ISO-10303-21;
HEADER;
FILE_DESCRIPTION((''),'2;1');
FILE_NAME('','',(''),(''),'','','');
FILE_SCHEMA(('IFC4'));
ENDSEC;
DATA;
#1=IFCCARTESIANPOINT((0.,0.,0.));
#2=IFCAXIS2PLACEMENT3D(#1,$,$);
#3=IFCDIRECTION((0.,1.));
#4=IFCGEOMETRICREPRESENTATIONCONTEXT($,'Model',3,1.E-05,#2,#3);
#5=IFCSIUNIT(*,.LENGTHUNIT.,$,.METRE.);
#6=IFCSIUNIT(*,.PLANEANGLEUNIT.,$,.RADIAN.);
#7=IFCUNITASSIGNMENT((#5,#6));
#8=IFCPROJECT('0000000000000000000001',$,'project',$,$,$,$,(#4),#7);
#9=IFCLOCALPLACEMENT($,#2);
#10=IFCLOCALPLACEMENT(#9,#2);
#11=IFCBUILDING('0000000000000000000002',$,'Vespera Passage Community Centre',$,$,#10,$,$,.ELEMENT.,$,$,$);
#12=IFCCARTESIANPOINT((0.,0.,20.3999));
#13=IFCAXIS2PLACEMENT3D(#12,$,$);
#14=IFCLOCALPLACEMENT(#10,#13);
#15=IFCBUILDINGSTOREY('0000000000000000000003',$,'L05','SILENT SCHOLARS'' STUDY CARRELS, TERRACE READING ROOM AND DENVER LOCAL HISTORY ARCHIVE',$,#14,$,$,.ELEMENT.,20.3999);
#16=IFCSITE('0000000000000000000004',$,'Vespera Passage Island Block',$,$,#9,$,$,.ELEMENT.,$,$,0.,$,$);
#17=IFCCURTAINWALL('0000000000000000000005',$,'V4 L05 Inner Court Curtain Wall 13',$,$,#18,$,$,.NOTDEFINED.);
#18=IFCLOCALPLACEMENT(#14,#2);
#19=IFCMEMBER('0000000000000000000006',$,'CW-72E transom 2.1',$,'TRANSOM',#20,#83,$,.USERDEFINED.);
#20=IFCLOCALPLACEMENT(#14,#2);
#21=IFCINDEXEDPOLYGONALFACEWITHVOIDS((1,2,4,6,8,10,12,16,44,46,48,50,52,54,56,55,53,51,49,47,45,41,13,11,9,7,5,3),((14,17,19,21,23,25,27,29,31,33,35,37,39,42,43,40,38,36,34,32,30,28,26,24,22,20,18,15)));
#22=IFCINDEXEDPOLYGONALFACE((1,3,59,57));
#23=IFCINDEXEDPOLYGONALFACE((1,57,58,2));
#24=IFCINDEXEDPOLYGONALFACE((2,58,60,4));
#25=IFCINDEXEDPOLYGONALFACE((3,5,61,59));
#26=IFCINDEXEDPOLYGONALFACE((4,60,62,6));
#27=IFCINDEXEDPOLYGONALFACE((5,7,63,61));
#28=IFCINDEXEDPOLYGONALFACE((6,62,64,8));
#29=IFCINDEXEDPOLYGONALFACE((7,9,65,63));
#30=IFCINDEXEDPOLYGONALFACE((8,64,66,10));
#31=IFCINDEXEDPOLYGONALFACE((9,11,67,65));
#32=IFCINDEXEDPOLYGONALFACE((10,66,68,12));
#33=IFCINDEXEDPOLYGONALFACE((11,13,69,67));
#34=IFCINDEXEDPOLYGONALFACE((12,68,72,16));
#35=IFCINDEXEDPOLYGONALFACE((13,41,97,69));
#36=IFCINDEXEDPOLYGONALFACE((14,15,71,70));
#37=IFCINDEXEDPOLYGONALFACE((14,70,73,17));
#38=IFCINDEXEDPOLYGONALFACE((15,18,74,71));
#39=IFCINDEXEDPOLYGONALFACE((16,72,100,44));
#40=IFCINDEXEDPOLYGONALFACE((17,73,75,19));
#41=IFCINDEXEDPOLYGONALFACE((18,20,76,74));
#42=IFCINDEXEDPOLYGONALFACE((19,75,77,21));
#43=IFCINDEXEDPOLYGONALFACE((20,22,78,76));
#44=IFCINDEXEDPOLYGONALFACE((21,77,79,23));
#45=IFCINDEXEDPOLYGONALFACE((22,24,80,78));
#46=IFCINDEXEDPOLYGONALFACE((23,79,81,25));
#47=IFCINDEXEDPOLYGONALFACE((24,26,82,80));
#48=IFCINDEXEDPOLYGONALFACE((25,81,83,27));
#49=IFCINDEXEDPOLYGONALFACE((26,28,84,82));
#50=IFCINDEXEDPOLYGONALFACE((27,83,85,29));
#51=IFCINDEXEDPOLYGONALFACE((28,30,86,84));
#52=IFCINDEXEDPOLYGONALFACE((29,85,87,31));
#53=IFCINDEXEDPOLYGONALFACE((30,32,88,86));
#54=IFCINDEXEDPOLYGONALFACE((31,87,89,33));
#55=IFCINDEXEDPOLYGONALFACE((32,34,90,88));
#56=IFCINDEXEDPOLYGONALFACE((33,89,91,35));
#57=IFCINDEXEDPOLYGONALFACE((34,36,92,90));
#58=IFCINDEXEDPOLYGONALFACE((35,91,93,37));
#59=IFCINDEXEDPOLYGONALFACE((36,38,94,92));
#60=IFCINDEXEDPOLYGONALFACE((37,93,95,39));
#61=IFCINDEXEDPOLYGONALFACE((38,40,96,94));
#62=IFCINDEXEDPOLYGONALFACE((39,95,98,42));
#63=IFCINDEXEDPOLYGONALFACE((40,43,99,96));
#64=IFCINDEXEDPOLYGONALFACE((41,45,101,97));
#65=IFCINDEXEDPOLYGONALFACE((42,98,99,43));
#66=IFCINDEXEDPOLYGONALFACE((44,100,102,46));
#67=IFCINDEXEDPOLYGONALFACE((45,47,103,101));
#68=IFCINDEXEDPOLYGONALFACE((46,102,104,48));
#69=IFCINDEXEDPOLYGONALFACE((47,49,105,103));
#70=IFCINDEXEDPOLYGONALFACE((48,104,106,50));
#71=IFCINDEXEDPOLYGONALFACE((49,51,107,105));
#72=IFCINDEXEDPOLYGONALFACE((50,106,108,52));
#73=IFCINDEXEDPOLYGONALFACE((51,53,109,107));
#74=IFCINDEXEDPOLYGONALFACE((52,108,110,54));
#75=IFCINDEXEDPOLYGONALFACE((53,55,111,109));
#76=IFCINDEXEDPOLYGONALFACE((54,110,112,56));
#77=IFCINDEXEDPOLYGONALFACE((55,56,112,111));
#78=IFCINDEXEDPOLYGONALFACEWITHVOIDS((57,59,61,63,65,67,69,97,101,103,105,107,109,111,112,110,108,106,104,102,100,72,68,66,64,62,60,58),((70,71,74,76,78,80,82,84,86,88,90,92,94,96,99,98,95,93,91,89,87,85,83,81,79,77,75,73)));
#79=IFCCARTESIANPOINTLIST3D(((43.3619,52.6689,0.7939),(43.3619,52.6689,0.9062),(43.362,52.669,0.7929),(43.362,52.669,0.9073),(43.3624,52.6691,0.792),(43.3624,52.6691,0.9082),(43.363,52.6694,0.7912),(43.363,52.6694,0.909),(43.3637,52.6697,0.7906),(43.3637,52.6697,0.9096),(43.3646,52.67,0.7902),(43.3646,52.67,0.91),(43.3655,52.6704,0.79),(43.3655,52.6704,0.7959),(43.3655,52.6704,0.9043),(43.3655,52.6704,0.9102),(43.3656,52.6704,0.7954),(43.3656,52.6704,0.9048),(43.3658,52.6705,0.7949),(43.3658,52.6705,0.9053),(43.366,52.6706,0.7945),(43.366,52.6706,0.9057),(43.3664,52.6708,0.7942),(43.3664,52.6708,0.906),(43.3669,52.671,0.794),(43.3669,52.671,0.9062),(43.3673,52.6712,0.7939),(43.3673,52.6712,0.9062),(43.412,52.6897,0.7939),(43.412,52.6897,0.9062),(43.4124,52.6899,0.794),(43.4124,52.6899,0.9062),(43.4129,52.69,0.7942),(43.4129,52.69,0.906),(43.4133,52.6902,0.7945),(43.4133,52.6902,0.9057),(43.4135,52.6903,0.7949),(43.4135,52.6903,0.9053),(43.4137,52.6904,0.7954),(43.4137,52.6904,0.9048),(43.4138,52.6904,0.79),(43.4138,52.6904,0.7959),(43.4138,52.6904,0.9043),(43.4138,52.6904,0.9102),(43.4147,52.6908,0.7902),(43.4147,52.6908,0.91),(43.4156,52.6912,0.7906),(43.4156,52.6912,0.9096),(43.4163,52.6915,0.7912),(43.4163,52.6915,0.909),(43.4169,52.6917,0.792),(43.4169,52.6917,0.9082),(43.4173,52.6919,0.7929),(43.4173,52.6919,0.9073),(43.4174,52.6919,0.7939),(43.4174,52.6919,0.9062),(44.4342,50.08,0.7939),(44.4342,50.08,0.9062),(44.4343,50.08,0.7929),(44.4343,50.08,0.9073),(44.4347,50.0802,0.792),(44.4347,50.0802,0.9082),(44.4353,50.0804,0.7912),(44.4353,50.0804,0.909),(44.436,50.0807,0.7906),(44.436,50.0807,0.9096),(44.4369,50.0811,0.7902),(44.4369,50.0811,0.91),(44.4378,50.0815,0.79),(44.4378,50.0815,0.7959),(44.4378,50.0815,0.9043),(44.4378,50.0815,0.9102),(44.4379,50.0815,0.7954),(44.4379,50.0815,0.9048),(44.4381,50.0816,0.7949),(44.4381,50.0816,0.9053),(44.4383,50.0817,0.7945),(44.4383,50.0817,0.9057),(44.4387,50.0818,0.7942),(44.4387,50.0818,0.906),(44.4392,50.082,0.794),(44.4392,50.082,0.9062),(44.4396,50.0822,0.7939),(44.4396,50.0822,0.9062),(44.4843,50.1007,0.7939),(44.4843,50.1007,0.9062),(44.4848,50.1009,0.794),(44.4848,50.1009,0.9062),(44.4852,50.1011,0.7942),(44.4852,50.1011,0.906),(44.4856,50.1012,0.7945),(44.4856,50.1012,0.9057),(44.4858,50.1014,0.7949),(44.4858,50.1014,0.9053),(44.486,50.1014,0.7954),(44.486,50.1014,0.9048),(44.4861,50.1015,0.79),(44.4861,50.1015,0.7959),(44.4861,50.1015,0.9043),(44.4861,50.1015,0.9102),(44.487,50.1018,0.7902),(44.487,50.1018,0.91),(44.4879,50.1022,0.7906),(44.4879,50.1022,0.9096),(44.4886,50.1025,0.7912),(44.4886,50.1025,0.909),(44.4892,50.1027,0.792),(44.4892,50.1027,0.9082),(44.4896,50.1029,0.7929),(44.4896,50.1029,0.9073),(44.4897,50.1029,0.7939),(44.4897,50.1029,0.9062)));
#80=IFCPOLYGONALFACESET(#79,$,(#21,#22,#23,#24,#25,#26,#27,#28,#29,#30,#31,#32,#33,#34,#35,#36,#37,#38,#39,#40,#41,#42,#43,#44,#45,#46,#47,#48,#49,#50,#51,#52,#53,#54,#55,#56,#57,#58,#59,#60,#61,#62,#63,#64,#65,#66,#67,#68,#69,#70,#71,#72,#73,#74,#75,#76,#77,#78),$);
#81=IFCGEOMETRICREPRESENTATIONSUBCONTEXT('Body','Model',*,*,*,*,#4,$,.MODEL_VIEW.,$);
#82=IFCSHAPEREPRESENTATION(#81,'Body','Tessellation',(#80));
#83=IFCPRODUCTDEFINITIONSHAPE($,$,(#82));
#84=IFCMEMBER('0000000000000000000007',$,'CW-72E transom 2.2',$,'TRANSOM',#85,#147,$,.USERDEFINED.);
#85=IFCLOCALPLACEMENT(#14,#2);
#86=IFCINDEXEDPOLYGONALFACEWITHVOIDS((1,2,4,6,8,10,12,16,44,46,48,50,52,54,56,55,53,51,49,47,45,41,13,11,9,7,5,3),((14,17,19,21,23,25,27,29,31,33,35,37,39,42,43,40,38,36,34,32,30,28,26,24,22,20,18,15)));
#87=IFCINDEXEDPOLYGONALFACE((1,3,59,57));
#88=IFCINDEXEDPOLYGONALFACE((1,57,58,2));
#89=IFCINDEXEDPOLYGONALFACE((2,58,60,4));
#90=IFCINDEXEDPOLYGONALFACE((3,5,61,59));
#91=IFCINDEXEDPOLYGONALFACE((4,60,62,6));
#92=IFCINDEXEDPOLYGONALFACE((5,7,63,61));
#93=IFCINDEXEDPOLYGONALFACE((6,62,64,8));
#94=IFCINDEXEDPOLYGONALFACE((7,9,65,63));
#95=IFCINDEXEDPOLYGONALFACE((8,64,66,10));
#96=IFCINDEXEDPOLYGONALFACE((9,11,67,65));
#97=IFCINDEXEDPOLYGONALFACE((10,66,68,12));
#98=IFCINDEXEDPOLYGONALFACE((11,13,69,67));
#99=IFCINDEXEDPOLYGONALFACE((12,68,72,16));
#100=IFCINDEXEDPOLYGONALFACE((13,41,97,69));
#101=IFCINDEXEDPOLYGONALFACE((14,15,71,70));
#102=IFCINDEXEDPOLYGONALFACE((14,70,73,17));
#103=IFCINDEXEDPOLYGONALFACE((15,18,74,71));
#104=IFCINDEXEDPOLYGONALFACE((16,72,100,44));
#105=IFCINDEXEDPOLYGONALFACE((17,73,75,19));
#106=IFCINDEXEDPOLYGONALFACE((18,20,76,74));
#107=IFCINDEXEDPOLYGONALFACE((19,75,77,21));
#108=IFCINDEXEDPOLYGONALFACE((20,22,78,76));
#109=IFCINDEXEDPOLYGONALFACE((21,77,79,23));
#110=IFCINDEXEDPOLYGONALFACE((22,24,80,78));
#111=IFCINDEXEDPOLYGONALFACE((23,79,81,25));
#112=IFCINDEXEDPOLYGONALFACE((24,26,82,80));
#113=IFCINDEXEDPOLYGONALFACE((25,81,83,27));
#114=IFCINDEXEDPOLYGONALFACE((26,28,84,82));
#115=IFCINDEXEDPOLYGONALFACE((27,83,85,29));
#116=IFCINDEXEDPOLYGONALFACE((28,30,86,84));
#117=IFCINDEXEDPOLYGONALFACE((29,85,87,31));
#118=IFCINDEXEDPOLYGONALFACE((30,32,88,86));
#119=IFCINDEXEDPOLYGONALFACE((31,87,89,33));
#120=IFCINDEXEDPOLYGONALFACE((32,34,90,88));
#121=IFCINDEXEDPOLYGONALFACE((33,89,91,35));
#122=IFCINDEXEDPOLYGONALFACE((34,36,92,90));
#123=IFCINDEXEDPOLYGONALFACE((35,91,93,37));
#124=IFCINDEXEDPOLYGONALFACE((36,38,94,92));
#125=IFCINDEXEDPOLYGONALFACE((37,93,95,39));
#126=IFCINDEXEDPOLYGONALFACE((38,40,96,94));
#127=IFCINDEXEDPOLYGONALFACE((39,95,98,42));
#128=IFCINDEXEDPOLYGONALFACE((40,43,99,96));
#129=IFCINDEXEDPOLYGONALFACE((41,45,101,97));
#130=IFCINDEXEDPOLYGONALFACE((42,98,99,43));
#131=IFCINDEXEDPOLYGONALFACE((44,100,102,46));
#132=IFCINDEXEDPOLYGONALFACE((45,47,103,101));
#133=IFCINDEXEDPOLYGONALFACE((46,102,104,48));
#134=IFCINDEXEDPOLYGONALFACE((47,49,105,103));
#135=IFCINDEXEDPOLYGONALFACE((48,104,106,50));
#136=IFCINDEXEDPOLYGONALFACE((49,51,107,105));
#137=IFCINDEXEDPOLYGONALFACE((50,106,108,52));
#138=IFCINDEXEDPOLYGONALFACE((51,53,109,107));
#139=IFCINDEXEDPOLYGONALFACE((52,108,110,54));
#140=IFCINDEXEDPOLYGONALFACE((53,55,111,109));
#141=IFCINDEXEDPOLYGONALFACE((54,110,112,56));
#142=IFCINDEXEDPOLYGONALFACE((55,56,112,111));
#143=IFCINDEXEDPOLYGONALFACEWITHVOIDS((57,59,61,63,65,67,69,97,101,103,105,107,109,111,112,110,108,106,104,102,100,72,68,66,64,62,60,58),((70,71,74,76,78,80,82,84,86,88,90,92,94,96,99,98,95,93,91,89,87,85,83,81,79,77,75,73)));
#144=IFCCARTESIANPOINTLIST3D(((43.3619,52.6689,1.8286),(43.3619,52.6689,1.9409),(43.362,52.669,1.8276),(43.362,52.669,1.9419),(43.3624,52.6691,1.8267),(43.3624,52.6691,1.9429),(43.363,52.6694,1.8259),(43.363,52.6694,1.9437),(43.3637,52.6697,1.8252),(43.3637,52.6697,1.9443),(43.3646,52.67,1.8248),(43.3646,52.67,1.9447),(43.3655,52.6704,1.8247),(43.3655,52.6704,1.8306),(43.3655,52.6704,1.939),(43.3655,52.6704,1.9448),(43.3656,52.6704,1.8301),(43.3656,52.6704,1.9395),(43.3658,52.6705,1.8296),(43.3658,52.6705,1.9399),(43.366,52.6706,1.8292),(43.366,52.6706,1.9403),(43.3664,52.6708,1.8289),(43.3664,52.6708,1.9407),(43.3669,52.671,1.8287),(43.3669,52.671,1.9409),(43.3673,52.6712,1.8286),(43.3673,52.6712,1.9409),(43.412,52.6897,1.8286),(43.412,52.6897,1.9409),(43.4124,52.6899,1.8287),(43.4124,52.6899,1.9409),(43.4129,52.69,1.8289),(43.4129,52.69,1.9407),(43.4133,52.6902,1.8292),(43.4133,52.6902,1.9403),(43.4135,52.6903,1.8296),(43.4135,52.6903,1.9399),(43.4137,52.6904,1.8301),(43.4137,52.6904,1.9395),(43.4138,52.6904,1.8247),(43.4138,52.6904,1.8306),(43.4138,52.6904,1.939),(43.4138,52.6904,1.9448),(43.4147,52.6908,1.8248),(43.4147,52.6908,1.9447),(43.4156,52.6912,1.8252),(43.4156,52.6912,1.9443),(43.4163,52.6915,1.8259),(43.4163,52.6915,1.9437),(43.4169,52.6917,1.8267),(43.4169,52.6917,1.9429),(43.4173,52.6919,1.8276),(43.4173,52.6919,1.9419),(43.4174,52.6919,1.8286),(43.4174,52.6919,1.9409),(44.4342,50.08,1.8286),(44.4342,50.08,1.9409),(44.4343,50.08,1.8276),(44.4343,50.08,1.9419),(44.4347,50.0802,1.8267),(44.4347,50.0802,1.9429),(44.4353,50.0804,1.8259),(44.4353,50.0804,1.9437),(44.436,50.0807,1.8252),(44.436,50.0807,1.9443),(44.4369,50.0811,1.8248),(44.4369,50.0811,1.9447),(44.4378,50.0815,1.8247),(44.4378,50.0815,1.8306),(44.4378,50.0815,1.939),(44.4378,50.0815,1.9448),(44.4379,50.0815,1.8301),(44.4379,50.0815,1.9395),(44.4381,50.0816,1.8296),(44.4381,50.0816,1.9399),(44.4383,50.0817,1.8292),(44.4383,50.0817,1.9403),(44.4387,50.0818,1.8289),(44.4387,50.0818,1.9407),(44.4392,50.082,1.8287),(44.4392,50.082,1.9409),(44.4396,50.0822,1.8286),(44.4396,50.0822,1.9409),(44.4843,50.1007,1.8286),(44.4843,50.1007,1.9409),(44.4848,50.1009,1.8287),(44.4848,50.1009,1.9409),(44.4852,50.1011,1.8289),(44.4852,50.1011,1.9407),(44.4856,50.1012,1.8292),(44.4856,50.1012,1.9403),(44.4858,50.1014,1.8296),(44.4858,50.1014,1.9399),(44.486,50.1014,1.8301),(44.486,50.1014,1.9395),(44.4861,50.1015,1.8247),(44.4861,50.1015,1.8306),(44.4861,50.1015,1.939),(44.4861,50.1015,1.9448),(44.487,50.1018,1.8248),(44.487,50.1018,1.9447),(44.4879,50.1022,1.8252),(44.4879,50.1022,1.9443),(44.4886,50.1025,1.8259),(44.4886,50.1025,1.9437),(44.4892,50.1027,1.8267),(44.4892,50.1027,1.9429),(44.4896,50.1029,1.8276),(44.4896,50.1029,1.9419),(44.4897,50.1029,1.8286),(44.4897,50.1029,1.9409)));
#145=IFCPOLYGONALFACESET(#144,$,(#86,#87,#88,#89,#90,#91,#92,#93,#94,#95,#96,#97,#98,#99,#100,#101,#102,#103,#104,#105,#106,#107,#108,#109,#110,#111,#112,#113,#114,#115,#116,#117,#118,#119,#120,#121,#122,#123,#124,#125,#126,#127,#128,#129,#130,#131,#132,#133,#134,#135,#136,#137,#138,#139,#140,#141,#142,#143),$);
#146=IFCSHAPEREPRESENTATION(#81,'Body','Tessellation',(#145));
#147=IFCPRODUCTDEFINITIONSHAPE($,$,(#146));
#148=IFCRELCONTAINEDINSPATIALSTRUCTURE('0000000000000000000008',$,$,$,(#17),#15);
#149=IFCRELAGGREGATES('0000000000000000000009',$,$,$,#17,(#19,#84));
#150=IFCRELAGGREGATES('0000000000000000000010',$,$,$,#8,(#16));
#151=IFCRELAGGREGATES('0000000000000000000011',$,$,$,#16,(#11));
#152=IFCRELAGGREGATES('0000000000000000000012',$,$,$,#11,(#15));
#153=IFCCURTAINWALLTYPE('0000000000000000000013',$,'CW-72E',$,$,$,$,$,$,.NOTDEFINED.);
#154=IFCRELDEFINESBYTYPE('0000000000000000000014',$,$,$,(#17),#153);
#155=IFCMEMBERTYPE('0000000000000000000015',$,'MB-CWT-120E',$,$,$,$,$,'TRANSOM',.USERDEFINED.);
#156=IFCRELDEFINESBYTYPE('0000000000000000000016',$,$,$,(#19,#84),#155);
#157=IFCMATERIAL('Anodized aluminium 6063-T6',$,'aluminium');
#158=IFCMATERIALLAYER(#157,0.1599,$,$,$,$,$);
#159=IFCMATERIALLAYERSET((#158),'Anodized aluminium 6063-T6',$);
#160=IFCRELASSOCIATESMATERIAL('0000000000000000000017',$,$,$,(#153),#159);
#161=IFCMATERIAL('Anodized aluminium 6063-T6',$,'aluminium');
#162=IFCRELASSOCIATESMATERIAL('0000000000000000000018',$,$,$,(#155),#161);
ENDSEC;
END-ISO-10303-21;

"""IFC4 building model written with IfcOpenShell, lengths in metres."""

from ifc_helpers import new_model, si_unit, direction, frame, origin, origin_2d, place, context, subcontext, project, spatial, hollow_rectangle, extrude, material, layer, layer_set, material_profile, profile_set, type_object, element, aggregate, save


model = new_model("IFC4")

# Units and contexts
model_context = context("Model", 3, precision=1e-05, world=origin(), true_north=direction((0.0, 1.0)))
body_context = subcontext(model_context, "Body", "Model", "MODEL_VIEW")
ifc_project = project(units=[si_unit("LENGTHUNIT", "METRE"), si_unit("PLANEANGLEUNIT", "RADIAN")], contexts=[model_context])

# Site, building, storey
site_placement = place(None, origin())
site = spatial("IfcSite", under=ifc_project, at=site_placement, Name="Vespera Passage Island Block", CompositionType="ELEMENT", RefElevation=0.0)
building_placement = place(site_placement, origin())
building = spatial("IfcBuilding", under=site, at=building_placement, Name="Vespera Passage Community Centre", CompositionType="ELEMENT")
storey_placement = place(building_placement, frame((0.0, 0.0, 20.3999)))
storey = spatial("IfcBuildingStorey", under=building, at=storey_placement, Name="L05", Description="SILENT SCHOLARS' STUDY CARRELS, TERRACE READING ROOM AND DENVER LOCAL HISTORY ARCHIVE", CompositionType="ELEMENT", Elevation=20.3999)

# Curtain wall
ifc_material_1 = material(Name="Anodized aluminium 6063-T6", Category="aluminium")
ifc_layer_1 = layer(ifc_material_1, 0.1599)
ifc_layer_set_1 = layer_set([ifc_layer_1], Name="Anodized aluminium 6063-T6")
curtain_wall_type_1 = type_object("IfcCurtainWallType", Name="CW-72E", PredefinedType="NOTDEFINED", material=ifc_layer_set_1)
curtain_wall_1_placement = place(storey_placement, origin())
curtain_wall_1 = element("IfcCurtainWall", 1, at=curtain_wall_1_placement, inside=storey, type_object=curtain_wall_type_1, Name="V4 L05 Inner Court Curtain Wall 13", PredefinedType="NOTDEFINED")

# Members
ifc_material_2 = material(Name="Anodized aluminium 6063-T6", Category="aluminium")
ifc_material_profile_1 = material_profile(ifc_material_2, hollow_rectangle(XDim=0.0601, YDim=0.1201, WallThickness=0.0039, InnerFilletRadius=0.002, OuterFilletRadius=0.0039, at=origin_2d()), Name="ALU120X60X4")
ifc_profile_set_1 = profile_set([ifc_material_profile_1], Name="Anodized aluminium 6063-T6")
member_type_1 = type_object("IfcMemberType", Name="MB-CWT-120E", ElementType="TRANSOM", PredefinedType="USERDEFINED", material=ifc_profile_set_1)
member_1_placement = place(storey_placement, frame((43.3896, 52.6804, 0.8501), z_axis=(0.38266, -0.923889, 0.0), x_axis=(0.923889, 0.38266, 0.0)))
member_1 = element("IfcMember", 2, at=member_1_placement, type_object=member_type_1, Name="CW-72E transom 2.1", ObjectType="TRANSOM", PredefinedType="USERDEFINED", context=body_context, shape_type="SweptSolid", body=[
    extrude(hollow_rectangle(XDim=0.0601, YDim=0.1201, WallThickness=0.0039, InnerFilletRadius=0.002, OuterFilletRadius=0.0039, at=origin_2d()), origin(), (0.0, 0.0, 1.0), 2.8022),
])
member_2_placement = place(storey_placement, frame((43.3896, 52.6804, 1.8848), z_axis=(0.38266, -0.923889, 0.0), x_axis=(0.923889, 0.38266, 0.0)))
member_2 = element("IfcMember", 3, at=member_2_placement, type_object=member_type_1, Name="CW-72E transom 2.2", ObjectType="TRANSOM", PredefinedType="USERDEFINED", context=body_context, shape_type="SweptSolid", body=[
    extrude(hollow_rectangle(XDim=0.0601, YDim=0.1201, WallThickness=0.0039, InnerFilletRadius=0.002, OuterFilletRadius=0.0039, at=origin_2d()), origin(), (0.0, 0.0, 1.0), 2.8022),
])

aggregate(curtain_wall_1, [member_1, member_2])

save(model, "model.ifc")
